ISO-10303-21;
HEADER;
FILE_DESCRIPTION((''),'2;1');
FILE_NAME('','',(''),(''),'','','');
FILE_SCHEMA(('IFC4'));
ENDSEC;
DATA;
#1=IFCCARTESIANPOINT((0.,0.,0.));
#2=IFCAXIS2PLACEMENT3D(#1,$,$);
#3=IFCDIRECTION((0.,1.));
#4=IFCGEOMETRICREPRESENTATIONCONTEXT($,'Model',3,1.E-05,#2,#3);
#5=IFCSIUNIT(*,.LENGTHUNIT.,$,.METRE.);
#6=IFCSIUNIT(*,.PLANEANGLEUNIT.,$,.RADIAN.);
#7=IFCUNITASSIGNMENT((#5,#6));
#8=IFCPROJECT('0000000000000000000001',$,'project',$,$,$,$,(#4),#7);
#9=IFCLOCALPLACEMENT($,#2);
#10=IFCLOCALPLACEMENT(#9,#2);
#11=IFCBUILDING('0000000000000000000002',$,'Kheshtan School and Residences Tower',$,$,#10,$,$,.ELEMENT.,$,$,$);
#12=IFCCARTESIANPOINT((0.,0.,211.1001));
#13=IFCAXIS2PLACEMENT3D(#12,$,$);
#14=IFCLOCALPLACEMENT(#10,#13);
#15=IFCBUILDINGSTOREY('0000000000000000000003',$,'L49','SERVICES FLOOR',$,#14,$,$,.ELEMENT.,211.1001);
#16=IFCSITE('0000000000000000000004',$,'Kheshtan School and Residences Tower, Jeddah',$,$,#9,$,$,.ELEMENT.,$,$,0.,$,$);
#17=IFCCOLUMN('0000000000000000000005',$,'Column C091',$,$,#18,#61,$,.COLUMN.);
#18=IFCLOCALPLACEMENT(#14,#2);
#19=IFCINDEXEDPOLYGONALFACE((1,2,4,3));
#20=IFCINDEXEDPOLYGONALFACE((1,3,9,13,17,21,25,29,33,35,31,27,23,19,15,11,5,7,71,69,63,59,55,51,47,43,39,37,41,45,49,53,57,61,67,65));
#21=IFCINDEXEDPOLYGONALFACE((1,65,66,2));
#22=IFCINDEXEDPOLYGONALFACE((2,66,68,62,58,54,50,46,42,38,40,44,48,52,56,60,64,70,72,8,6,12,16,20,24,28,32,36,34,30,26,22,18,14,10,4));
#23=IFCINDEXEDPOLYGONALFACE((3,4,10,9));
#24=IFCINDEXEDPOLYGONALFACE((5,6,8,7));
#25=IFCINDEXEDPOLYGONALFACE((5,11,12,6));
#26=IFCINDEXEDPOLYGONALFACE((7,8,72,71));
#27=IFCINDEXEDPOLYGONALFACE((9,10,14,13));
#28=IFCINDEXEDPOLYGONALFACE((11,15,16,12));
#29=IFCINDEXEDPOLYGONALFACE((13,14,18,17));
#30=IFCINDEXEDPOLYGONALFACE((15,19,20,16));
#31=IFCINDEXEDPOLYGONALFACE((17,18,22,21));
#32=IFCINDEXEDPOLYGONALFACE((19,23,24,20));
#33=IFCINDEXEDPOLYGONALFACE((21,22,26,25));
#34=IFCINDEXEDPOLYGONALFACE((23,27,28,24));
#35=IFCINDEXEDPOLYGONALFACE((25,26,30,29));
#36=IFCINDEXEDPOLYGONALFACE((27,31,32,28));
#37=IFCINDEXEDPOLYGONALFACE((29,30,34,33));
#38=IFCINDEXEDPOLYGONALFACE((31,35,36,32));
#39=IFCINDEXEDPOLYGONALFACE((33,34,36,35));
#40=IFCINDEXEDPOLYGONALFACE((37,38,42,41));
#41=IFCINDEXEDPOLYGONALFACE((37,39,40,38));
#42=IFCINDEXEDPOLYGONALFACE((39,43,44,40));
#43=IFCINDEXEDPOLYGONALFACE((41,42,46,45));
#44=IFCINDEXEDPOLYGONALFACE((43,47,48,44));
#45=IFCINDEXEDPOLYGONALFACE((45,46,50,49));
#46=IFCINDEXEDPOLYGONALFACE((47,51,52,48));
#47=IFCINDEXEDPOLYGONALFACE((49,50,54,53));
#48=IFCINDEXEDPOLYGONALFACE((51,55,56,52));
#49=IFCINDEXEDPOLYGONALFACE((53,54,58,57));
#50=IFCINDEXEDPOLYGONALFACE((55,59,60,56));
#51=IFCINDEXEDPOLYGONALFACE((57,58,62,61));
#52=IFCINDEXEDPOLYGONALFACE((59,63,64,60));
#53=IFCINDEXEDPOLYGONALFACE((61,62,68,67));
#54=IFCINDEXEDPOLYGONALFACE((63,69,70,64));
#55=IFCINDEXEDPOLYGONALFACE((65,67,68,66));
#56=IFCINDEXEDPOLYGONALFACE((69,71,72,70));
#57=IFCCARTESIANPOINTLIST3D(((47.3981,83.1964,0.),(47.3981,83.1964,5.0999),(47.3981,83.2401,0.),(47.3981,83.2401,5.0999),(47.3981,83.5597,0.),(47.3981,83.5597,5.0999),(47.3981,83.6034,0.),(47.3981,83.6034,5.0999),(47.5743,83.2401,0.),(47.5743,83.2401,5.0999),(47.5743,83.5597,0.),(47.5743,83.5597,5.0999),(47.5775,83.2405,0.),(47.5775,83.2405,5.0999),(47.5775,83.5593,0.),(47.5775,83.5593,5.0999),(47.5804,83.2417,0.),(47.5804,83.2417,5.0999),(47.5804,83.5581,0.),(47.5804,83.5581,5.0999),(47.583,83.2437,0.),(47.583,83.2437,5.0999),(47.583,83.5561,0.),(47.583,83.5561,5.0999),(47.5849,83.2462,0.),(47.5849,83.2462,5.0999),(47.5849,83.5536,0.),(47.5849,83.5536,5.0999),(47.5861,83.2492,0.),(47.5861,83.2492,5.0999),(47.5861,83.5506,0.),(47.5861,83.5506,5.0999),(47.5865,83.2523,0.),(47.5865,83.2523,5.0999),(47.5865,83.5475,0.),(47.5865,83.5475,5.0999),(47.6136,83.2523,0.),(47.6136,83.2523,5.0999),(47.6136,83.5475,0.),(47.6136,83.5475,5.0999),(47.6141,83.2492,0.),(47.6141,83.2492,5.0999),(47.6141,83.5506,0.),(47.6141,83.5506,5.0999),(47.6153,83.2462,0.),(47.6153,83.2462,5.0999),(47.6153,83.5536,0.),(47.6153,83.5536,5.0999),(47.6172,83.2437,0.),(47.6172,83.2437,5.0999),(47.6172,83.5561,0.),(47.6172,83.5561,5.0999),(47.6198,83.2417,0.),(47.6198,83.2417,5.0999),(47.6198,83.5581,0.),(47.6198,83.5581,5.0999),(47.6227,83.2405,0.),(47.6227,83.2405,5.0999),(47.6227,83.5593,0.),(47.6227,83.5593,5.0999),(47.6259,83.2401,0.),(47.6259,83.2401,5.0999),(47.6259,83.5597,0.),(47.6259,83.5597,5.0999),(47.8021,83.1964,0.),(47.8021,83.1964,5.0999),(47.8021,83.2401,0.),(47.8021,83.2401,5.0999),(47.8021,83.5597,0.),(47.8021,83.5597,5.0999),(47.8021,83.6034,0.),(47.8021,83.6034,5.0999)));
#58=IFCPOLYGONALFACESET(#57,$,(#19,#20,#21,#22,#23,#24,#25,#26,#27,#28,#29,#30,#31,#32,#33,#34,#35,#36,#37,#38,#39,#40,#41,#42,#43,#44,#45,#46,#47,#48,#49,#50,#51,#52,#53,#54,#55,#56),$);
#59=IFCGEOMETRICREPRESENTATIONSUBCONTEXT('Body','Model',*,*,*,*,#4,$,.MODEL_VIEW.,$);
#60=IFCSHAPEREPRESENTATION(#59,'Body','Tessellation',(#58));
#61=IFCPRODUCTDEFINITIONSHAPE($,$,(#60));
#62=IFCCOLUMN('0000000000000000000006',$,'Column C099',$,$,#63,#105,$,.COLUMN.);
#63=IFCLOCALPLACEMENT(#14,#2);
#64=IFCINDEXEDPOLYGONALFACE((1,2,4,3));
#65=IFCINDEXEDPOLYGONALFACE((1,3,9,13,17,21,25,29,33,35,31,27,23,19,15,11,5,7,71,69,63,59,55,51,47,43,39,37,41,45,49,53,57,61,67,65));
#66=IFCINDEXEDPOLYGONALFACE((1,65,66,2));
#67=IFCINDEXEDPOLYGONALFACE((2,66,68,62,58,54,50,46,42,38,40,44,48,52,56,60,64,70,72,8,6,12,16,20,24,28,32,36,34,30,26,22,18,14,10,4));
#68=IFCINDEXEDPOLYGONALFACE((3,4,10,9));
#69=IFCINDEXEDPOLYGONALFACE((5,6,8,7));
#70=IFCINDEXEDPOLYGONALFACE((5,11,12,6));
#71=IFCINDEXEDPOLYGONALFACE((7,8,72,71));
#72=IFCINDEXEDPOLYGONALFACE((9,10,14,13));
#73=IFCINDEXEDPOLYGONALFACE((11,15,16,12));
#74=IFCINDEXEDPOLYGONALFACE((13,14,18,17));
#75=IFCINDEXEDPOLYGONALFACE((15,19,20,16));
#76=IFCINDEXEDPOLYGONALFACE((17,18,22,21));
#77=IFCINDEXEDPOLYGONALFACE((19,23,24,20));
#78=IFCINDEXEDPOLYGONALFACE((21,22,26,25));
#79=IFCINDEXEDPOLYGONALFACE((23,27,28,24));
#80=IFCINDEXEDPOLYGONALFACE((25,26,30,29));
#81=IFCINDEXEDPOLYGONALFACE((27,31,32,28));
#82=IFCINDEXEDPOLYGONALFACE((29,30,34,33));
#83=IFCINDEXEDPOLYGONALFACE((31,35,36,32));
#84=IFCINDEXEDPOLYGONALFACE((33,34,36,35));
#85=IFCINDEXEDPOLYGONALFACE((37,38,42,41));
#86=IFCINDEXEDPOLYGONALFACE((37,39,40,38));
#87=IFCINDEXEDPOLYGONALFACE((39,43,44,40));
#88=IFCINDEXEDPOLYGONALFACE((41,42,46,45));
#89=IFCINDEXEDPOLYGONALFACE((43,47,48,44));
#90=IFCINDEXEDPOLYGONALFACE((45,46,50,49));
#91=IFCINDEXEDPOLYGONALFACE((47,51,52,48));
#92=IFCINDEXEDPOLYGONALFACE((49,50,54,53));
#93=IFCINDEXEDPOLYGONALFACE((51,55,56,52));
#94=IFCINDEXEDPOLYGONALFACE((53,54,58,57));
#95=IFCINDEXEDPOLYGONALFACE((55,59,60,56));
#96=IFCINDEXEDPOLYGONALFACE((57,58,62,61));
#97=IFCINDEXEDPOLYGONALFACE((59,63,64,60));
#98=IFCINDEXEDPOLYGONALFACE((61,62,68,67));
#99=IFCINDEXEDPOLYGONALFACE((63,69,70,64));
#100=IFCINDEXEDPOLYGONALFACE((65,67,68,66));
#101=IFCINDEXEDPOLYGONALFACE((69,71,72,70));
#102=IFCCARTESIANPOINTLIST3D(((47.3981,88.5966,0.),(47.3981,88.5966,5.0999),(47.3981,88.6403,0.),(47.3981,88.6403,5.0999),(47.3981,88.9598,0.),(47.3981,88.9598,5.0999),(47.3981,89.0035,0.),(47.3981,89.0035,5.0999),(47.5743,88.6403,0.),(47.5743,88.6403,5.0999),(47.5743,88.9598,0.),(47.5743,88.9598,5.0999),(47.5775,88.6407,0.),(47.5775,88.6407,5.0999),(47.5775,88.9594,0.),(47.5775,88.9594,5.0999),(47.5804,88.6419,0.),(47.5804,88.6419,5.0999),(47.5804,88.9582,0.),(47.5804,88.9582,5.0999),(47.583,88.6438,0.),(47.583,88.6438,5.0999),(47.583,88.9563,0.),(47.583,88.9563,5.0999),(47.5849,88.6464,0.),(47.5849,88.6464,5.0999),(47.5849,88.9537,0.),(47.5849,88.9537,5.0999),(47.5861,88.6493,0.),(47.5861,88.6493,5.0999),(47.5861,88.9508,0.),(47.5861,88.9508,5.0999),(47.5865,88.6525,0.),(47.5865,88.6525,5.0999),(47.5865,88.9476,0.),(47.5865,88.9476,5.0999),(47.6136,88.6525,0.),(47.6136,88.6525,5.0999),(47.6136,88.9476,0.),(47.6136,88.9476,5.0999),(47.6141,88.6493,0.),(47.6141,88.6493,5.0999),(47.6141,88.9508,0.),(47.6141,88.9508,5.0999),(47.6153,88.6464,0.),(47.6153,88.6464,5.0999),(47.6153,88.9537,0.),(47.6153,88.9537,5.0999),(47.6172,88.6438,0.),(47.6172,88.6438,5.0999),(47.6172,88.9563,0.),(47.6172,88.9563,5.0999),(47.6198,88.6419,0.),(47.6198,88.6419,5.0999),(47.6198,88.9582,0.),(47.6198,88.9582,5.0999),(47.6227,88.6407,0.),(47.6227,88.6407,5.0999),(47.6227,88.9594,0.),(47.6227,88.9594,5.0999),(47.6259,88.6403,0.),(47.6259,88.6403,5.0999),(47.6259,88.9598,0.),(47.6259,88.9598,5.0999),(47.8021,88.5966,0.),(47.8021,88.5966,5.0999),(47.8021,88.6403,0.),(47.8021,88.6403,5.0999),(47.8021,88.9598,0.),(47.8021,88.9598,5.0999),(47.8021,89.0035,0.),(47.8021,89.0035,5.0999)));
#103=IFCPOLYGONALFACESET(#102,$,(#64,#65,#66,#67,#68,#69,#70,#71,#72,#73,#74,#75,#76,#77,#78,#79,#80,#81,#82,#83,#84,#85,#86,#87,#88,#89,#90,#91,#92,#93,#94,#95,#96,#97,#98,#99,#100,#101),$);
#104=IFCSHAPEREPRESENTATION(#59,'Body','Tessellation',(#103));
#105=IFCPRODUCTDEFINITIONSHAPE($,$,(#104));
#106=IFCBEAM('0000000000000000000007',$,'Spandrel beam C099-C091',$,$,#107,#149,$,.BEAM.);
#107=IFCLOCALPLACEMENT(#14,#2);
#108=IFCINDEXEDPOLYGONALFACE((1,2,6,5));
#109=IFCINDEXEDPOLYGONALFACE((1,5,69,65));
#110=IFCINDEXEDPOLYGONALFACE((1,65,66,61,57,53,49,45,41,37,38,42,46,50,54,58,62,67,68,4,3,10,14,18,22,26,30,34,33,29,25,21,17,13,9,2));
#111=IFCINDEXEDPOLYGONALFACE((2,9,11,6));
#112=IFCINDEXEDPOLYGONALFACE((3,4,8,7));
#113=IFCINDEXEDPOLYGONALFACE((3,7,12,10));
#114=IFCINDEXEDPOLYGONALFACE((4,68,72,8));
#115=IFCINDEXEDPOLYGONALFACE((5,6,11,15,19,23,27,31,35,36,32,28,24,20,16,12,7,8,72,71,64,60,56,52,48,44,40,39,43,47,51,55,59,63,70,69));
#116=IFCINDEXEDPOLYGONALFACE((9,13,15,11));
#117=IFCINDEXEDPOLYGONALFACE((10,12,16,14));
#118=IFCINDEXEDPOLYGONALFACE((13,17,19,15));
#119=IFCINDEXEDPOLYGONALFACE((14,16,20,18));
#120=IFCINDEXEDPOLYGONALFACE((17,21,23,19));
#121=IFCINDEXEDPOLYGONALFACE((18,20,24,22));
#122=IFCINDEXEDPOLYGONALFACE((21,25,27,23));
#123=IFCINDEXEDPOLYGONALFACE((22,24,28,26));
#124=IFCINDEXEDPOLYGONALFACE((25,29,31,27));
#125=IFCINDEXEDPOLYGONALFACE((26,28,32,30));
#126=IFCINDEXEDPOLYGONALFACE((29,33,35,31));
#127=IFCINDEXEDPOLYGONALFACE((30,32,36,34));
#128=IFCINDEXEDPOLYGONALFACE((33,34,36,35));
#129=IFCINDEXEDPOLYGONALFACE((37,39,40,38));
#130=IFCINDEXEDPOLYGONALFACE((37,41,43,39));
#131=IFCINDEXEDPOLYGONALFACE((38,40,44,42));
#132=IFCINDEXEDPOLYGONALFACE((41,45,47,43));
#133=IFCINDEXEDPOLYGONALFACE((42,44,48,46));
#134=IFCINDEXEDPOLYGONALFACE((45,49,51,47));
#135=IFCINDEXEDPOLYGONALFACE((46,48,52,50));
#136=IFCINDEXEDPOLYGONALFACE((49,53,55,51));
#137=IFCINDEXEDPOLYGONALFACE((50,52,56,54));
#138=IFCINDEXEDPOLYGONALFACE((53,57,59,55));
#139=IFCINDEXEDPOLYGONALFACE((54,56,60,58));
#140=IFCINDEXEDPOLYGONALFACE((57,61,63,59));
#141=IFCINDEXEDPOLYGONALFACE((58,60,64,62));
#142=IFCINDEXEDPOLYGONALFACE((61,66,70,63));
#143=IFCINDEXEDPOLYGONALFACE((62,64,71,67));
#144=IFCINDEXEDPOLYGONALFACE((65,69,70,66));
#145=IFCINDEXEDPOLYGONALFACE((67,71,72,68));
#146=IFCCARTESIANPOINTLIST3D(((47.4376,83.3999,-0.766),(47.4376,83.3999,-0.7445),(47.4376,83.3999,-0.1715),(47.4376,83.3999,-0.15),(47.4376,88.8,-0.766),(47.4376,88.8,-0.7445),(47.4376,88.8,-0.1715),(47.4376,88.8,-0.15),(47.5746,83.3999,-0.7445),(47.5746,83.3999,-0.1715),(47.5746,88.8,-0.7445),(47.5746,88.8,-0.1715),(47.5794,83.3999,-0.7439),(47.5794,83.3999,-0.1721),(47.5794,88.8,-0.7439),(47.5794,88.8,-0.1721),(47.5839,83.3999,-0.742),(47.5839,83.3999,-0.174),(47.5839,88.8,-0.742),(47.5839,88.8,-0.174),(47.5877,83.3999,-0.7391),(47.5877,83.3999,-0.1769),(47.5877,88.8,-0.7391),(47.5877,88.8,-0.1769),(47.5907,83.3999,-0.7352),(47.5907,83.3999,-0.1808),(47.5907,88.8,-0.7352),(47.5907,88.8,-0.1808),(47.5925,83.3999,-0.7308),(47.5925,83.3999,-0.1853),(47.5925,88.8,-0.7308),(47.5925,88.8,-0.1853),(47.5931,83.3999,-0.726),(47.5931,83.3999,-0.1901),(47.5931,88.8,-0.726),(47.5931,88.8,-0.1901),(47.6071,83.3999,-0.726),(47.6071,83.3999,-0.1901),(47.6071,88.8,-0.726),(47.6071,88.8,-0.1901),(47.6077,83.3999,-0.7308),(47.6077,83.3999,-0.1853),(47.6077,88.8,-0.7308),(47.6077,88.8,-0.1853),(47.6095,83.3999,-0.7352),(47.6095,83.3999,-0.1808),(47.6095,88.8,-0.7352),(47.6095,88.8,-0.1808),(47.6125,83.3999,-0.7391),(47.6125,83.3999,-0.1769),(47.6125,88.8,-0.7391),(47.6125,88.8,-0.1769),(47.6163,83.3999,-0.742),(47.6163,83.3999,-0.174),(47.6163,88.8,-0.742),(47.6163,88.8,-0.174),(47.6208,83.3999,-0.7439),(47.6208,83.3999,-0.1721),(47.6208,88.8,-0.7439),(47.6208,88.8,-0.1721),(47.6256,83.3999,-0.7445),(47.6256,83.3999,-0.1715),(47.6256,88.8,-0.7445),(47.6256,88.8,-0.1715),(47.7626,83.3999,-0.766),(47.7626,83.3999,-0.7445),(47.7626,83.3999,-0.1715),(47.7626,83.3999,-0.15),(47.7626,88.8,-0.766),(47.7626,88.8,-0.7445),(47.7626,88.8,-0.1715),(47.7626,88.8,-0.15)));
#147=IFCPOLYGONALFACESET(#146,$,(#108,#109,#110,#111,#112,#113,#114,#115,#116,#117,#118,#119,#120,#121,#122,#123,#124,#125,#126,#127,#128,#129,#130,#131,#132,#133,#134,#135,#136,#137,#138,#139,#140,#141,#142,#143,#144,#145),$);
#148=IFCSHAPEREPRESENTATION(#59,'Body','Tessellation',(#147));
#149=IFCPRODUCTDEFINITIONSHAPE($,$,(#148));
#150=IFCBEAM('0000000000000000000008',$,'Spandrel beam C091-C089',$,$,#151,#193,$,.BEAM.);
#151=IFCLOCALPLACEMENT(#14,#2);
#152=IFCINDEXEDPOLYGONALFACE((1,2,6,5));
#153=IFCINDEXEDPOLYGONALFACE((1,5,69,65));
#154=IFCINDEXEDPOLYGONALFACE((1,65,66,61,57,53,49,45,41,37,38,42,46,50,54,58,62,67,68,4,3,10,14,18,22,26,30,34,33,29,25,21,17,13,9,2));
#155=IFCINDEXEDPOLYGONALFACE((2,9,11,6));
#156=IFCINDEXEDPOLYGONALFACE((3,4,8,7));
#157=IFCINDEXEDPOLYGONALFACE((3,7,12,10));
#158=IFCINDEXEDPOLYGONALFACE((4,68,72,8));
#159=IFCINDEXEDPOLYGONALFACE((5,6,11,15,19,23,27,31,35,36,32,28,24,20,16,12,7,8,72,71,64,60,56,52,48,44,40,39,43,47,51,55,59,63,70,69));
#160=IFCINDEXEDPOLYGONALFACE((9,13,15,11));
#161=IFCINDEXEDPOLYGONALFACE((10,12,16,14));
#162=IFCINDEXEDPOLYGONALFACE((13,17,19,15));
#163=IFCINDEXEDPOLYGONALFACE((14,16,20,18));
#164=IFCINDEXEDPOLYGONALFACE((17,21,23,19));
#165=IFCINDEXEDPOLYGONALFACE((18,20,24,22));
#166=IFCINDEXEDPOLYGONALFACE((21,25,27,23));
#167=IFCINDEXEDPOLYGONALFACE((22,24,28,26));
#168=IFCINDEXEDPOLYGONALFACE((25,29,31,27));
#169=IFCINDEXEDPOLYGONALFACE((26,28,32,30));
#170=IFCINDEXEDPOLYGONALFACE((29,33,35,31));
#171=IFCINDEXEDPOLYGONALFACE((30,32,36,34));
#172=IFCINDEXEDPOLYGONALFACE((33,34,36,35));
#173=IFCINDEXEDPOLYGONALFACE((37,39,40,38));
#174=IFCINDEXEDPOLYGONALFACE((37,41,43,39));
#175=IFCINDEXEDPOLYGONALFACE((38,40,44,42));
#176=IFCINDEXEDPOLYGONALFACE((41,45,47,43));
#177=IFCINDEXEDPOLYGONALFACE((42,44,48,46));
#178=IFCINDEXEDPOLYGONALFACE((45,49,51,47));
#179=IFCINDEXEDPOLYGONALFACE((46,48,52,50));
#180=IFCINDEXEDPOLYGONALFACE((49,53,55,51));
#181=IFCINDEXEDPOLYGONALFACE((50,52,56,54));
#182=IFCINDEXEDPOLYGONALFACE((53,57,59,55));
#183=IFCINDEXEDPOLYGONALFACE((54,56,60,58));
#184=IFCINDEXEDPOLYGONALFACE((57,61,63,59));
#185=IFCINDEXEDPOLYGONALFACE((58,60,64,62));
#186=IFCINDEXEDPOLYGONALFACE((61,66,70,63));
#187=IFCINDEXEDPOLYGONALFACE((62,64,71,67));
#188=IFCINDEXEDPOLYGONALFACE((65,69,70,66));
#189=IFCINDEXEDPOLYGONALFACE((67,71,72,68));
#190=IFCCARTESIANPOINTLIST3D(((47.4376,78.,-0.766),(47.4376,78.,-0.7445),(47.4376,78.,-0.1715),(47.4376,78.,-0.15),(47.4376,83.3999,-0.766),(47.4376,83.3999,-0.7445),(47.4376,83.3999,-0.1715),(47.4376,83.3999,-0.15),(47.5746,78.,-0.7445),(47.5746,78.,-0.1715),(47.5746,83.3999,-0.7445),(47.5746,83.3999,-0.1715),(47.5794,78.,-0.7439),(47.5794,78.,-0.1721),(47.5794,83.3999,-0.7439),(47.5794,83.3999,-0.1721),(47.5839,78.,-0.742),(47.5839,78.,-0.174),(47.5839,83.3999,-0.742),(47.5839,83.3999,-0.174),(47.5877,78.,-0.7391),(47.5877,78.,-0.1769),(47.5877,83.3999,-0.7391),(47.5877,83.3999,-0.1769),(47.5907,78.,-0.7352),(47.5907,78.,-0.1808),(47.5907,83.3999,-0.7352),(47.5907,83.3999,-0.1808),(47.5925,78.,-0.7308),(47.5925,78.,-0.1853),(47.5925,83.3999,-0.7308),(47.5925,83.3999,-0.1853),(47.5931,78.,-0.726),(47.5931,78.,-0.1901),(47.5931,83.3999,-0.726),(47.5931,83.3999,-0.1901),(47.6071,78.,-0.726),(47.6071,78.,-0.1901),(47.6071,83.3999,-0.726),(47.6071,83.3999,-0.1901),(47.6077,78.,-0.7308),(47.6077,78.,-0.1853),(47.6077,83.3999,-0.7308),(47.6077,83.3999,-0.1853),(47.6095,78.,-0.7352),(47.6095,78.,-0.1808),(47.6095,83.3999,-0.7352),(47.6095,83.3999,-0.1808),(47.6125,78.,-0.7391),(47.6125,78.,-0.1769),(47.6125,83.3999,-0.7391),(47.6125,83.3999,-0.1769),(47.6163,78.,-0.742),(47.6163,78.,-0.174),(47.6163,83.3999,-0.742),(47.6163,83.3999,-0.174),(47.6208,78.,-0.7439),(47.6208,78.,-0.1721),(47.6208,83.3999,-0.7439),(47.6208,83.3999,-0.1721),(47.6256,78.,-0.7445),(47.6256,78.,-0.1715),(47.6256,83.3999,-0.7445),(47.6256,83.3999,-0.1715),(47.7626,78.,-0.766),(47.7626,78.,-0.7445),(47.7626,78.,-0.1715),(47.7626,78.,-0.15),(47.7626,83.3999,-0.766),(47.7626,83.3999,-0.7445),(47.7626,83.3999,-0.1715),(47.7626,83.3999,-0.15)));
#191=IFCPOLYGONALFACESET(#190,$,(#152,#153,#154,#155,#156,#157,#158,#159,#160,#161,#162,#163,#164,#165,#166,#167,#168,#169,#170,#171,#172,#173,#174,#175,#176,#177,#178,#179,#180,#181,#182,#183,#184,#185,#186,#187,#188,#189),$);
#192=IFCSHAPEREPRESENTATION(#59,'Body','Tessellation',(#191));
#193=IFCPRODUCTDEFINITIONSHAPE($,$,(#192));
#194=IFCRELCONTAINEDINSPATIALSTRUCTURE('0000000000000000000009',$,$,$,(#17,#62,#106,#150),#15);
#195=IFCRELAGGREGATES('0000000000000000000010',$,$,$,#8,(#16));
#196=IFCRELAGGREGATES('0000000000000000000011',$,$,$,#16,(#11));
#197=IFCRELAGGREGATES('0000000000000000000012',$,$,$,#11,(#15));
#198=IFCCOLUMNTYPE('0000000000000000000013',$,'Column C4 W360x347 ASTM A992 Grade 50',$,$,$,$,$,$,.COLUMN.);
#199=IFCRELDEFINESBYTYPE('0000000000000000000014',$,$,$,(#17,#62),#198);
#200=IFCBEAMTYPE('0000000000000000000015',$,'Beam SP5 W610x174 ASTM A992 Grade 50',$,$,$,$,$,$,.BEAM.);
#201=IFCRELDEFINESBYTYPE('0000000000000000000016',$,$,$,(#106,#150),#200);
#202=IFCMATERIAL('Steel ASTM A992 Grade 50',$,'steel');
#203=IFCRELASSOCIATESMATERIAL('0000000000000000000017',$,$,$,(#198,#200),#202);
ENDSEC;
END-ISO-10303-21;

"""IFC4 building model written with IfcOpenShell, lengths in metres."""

from ifc_helpers import new_model, si_unit, direction, frame, origin, origin_2d, place, context, subcontext, project, spatial, i_section, extrude, material, material_profile, profile_set, type_object, element, save


model = new_model("IFC4")

# Units and contexts
model_context = context("Model", 3, precision=1e-05, world=origin(), true_north=direction((0.0, 1.0)))
body_context = subcontext(model_context, "Body", "Model", "MODEL_VIEW")
ifc_project = project(units=[si_unit("LENGTHUNIT", "METRE"), si_unit("PLANEANGLEUNIT", "RADIAN")], contexts=[model_context])

# Site, building, storey
site_placement = place(None, origin())
site = spatial("IfcSite", under=ifc_project, at=site_placement, Name="Kheshtan School and Residences Tower, Jeddah", CompositionType="ELEMENT", RefElevation=0.0)
building_placement = place(site_placement, origin())
building = spatial("IfcBuilding", under=site, at=building_placement, Name="Kheshtan School and Residences Tower", CompositionType="ELEMENT")
storey_placement = place(building_placement, frame((0.0, 0.0, 211.1001)))
storey = spatial("IfcBuildingStorey", under=building, at=storey_placement, Name="L49", Description="SERVICES FLOOR", CompositionType="ELEMENT", Elevation=211.1001)

# Columns
ifc_material_1 = material(Name="Steel ASTM A992 Grade 50", Category="steel")
ifc_material_profile_1 = material_profile(ifc_material_1, i_section(OverallWidth=0.4041, OverallDepth=0.407, WebThickness=0.0271, FlangeThickness=0.0437, FilletRadius=0.0122, at=origin_2d()), Name="W360x347")
ifc_profile_set_1 = profile_set([ifc_material_profile_1], Name="Steel ASTM A992 Grade 50")
column_type = type_object("IfcColumnType", Name="Column C4 W360x347 ASTM A992 Grade 50", PredefinedType="COLUMN", material=ifc_profile_set_1)
for number, where, z_axis, x_axis, name in (
    (1, (47.6001, 83.3999, 0.0), (0.0, 0.0, 1.0), (1.0, 0.0, 0.0), "Column C091"),
    (2, (47.6001, 88.8, 0.0), (0.0, 0.0, 1.0), (1.0, 0.0, 0.0), "Column C099"),
):
    element("IfcColumn", number, at=place(storey_placement, frame(where, z_axis=z_axis, x_axis=x_axis)), inside=storey, type_object=column_type, Name=name, PredefinedType="COLUMN", context=body_context, shape_type="SweptSolid", body=[
        extrude(i_section(OverallWidth=0.4041, OverallDepth=0.407, WebThickness=0.0271, FlangeThickness=0.0437, FilletRadius=0.0122, at=origin_2d()), origin(), (0.0, 0.0, 1.0), 5.0999),
    ])

# Beams
ifc_material_profile_2 = material_profile(ifc_material_1, i_section(OverallWidth=0.325, OverallDepth=0.616, WebThickness=0.0139, FlangeThickness=0.0215, FilletRadius=0.0186, at=origin_2d()), Name="W610x174")
ifc_profile_set_2 = profile_set([ifc_material_profile_2], Name="Steel ASTM A992 Grade 50")
beam_type = type_object("IfcBeamType", Name="Beam SP5 W610x174 ASTM A992 Grade 50", PredefinedType="BEAM", material=ifc_profile_set_2)
beam_1_placement = place(storey_placement, frame((47.6001, 88.8, -0.458), z_axis=(0.0, -1.0, 0.0), x_axis=(1.0, 0.0, 0.0)))
element("IfcBeam", 3, at=beam_1_placement, inside=storey, type_object=beam_type, Name="Spandrel beam C099-C091", PredefinedType="BEAM", context=body_context, shape_type="SweptSolid", body=[
    extrude(i_section(OverallWidth=0.325, OverallDepth=0.616, WebThickness=0.0139, FlangeThickness=0.0215, FilletRadius=0.0186, at=origin_2d()), origin(), (0.0, 0.0, 1.0), 5.4001),
])
beam_2_placement = place(storey_placement, frame((47.6001, 83.3999, -0.458), z_axis=(0.0, -1.0, 0.0), x_axis=(1.0, 0.0, 0.0)))
element("IfcBeam", 4, at=beam_2_placement, inside=storey, type_object=beam_type, Name="Spandrel beam C091-C089", PredefinedType="BEAM", context=body_context, shape_type="SweptSolid", body=[
    extrude(i_section(OverallWidth=0.325, OverallDepth=0.616, WebThickness=0.0139, FlangeThickness=0.0215, FilletRadius=0.0186, at=origin_2d()), origin(), (0.0, 0.0, 1.0), 5.3999),
])

save(model, "model.ifc")
